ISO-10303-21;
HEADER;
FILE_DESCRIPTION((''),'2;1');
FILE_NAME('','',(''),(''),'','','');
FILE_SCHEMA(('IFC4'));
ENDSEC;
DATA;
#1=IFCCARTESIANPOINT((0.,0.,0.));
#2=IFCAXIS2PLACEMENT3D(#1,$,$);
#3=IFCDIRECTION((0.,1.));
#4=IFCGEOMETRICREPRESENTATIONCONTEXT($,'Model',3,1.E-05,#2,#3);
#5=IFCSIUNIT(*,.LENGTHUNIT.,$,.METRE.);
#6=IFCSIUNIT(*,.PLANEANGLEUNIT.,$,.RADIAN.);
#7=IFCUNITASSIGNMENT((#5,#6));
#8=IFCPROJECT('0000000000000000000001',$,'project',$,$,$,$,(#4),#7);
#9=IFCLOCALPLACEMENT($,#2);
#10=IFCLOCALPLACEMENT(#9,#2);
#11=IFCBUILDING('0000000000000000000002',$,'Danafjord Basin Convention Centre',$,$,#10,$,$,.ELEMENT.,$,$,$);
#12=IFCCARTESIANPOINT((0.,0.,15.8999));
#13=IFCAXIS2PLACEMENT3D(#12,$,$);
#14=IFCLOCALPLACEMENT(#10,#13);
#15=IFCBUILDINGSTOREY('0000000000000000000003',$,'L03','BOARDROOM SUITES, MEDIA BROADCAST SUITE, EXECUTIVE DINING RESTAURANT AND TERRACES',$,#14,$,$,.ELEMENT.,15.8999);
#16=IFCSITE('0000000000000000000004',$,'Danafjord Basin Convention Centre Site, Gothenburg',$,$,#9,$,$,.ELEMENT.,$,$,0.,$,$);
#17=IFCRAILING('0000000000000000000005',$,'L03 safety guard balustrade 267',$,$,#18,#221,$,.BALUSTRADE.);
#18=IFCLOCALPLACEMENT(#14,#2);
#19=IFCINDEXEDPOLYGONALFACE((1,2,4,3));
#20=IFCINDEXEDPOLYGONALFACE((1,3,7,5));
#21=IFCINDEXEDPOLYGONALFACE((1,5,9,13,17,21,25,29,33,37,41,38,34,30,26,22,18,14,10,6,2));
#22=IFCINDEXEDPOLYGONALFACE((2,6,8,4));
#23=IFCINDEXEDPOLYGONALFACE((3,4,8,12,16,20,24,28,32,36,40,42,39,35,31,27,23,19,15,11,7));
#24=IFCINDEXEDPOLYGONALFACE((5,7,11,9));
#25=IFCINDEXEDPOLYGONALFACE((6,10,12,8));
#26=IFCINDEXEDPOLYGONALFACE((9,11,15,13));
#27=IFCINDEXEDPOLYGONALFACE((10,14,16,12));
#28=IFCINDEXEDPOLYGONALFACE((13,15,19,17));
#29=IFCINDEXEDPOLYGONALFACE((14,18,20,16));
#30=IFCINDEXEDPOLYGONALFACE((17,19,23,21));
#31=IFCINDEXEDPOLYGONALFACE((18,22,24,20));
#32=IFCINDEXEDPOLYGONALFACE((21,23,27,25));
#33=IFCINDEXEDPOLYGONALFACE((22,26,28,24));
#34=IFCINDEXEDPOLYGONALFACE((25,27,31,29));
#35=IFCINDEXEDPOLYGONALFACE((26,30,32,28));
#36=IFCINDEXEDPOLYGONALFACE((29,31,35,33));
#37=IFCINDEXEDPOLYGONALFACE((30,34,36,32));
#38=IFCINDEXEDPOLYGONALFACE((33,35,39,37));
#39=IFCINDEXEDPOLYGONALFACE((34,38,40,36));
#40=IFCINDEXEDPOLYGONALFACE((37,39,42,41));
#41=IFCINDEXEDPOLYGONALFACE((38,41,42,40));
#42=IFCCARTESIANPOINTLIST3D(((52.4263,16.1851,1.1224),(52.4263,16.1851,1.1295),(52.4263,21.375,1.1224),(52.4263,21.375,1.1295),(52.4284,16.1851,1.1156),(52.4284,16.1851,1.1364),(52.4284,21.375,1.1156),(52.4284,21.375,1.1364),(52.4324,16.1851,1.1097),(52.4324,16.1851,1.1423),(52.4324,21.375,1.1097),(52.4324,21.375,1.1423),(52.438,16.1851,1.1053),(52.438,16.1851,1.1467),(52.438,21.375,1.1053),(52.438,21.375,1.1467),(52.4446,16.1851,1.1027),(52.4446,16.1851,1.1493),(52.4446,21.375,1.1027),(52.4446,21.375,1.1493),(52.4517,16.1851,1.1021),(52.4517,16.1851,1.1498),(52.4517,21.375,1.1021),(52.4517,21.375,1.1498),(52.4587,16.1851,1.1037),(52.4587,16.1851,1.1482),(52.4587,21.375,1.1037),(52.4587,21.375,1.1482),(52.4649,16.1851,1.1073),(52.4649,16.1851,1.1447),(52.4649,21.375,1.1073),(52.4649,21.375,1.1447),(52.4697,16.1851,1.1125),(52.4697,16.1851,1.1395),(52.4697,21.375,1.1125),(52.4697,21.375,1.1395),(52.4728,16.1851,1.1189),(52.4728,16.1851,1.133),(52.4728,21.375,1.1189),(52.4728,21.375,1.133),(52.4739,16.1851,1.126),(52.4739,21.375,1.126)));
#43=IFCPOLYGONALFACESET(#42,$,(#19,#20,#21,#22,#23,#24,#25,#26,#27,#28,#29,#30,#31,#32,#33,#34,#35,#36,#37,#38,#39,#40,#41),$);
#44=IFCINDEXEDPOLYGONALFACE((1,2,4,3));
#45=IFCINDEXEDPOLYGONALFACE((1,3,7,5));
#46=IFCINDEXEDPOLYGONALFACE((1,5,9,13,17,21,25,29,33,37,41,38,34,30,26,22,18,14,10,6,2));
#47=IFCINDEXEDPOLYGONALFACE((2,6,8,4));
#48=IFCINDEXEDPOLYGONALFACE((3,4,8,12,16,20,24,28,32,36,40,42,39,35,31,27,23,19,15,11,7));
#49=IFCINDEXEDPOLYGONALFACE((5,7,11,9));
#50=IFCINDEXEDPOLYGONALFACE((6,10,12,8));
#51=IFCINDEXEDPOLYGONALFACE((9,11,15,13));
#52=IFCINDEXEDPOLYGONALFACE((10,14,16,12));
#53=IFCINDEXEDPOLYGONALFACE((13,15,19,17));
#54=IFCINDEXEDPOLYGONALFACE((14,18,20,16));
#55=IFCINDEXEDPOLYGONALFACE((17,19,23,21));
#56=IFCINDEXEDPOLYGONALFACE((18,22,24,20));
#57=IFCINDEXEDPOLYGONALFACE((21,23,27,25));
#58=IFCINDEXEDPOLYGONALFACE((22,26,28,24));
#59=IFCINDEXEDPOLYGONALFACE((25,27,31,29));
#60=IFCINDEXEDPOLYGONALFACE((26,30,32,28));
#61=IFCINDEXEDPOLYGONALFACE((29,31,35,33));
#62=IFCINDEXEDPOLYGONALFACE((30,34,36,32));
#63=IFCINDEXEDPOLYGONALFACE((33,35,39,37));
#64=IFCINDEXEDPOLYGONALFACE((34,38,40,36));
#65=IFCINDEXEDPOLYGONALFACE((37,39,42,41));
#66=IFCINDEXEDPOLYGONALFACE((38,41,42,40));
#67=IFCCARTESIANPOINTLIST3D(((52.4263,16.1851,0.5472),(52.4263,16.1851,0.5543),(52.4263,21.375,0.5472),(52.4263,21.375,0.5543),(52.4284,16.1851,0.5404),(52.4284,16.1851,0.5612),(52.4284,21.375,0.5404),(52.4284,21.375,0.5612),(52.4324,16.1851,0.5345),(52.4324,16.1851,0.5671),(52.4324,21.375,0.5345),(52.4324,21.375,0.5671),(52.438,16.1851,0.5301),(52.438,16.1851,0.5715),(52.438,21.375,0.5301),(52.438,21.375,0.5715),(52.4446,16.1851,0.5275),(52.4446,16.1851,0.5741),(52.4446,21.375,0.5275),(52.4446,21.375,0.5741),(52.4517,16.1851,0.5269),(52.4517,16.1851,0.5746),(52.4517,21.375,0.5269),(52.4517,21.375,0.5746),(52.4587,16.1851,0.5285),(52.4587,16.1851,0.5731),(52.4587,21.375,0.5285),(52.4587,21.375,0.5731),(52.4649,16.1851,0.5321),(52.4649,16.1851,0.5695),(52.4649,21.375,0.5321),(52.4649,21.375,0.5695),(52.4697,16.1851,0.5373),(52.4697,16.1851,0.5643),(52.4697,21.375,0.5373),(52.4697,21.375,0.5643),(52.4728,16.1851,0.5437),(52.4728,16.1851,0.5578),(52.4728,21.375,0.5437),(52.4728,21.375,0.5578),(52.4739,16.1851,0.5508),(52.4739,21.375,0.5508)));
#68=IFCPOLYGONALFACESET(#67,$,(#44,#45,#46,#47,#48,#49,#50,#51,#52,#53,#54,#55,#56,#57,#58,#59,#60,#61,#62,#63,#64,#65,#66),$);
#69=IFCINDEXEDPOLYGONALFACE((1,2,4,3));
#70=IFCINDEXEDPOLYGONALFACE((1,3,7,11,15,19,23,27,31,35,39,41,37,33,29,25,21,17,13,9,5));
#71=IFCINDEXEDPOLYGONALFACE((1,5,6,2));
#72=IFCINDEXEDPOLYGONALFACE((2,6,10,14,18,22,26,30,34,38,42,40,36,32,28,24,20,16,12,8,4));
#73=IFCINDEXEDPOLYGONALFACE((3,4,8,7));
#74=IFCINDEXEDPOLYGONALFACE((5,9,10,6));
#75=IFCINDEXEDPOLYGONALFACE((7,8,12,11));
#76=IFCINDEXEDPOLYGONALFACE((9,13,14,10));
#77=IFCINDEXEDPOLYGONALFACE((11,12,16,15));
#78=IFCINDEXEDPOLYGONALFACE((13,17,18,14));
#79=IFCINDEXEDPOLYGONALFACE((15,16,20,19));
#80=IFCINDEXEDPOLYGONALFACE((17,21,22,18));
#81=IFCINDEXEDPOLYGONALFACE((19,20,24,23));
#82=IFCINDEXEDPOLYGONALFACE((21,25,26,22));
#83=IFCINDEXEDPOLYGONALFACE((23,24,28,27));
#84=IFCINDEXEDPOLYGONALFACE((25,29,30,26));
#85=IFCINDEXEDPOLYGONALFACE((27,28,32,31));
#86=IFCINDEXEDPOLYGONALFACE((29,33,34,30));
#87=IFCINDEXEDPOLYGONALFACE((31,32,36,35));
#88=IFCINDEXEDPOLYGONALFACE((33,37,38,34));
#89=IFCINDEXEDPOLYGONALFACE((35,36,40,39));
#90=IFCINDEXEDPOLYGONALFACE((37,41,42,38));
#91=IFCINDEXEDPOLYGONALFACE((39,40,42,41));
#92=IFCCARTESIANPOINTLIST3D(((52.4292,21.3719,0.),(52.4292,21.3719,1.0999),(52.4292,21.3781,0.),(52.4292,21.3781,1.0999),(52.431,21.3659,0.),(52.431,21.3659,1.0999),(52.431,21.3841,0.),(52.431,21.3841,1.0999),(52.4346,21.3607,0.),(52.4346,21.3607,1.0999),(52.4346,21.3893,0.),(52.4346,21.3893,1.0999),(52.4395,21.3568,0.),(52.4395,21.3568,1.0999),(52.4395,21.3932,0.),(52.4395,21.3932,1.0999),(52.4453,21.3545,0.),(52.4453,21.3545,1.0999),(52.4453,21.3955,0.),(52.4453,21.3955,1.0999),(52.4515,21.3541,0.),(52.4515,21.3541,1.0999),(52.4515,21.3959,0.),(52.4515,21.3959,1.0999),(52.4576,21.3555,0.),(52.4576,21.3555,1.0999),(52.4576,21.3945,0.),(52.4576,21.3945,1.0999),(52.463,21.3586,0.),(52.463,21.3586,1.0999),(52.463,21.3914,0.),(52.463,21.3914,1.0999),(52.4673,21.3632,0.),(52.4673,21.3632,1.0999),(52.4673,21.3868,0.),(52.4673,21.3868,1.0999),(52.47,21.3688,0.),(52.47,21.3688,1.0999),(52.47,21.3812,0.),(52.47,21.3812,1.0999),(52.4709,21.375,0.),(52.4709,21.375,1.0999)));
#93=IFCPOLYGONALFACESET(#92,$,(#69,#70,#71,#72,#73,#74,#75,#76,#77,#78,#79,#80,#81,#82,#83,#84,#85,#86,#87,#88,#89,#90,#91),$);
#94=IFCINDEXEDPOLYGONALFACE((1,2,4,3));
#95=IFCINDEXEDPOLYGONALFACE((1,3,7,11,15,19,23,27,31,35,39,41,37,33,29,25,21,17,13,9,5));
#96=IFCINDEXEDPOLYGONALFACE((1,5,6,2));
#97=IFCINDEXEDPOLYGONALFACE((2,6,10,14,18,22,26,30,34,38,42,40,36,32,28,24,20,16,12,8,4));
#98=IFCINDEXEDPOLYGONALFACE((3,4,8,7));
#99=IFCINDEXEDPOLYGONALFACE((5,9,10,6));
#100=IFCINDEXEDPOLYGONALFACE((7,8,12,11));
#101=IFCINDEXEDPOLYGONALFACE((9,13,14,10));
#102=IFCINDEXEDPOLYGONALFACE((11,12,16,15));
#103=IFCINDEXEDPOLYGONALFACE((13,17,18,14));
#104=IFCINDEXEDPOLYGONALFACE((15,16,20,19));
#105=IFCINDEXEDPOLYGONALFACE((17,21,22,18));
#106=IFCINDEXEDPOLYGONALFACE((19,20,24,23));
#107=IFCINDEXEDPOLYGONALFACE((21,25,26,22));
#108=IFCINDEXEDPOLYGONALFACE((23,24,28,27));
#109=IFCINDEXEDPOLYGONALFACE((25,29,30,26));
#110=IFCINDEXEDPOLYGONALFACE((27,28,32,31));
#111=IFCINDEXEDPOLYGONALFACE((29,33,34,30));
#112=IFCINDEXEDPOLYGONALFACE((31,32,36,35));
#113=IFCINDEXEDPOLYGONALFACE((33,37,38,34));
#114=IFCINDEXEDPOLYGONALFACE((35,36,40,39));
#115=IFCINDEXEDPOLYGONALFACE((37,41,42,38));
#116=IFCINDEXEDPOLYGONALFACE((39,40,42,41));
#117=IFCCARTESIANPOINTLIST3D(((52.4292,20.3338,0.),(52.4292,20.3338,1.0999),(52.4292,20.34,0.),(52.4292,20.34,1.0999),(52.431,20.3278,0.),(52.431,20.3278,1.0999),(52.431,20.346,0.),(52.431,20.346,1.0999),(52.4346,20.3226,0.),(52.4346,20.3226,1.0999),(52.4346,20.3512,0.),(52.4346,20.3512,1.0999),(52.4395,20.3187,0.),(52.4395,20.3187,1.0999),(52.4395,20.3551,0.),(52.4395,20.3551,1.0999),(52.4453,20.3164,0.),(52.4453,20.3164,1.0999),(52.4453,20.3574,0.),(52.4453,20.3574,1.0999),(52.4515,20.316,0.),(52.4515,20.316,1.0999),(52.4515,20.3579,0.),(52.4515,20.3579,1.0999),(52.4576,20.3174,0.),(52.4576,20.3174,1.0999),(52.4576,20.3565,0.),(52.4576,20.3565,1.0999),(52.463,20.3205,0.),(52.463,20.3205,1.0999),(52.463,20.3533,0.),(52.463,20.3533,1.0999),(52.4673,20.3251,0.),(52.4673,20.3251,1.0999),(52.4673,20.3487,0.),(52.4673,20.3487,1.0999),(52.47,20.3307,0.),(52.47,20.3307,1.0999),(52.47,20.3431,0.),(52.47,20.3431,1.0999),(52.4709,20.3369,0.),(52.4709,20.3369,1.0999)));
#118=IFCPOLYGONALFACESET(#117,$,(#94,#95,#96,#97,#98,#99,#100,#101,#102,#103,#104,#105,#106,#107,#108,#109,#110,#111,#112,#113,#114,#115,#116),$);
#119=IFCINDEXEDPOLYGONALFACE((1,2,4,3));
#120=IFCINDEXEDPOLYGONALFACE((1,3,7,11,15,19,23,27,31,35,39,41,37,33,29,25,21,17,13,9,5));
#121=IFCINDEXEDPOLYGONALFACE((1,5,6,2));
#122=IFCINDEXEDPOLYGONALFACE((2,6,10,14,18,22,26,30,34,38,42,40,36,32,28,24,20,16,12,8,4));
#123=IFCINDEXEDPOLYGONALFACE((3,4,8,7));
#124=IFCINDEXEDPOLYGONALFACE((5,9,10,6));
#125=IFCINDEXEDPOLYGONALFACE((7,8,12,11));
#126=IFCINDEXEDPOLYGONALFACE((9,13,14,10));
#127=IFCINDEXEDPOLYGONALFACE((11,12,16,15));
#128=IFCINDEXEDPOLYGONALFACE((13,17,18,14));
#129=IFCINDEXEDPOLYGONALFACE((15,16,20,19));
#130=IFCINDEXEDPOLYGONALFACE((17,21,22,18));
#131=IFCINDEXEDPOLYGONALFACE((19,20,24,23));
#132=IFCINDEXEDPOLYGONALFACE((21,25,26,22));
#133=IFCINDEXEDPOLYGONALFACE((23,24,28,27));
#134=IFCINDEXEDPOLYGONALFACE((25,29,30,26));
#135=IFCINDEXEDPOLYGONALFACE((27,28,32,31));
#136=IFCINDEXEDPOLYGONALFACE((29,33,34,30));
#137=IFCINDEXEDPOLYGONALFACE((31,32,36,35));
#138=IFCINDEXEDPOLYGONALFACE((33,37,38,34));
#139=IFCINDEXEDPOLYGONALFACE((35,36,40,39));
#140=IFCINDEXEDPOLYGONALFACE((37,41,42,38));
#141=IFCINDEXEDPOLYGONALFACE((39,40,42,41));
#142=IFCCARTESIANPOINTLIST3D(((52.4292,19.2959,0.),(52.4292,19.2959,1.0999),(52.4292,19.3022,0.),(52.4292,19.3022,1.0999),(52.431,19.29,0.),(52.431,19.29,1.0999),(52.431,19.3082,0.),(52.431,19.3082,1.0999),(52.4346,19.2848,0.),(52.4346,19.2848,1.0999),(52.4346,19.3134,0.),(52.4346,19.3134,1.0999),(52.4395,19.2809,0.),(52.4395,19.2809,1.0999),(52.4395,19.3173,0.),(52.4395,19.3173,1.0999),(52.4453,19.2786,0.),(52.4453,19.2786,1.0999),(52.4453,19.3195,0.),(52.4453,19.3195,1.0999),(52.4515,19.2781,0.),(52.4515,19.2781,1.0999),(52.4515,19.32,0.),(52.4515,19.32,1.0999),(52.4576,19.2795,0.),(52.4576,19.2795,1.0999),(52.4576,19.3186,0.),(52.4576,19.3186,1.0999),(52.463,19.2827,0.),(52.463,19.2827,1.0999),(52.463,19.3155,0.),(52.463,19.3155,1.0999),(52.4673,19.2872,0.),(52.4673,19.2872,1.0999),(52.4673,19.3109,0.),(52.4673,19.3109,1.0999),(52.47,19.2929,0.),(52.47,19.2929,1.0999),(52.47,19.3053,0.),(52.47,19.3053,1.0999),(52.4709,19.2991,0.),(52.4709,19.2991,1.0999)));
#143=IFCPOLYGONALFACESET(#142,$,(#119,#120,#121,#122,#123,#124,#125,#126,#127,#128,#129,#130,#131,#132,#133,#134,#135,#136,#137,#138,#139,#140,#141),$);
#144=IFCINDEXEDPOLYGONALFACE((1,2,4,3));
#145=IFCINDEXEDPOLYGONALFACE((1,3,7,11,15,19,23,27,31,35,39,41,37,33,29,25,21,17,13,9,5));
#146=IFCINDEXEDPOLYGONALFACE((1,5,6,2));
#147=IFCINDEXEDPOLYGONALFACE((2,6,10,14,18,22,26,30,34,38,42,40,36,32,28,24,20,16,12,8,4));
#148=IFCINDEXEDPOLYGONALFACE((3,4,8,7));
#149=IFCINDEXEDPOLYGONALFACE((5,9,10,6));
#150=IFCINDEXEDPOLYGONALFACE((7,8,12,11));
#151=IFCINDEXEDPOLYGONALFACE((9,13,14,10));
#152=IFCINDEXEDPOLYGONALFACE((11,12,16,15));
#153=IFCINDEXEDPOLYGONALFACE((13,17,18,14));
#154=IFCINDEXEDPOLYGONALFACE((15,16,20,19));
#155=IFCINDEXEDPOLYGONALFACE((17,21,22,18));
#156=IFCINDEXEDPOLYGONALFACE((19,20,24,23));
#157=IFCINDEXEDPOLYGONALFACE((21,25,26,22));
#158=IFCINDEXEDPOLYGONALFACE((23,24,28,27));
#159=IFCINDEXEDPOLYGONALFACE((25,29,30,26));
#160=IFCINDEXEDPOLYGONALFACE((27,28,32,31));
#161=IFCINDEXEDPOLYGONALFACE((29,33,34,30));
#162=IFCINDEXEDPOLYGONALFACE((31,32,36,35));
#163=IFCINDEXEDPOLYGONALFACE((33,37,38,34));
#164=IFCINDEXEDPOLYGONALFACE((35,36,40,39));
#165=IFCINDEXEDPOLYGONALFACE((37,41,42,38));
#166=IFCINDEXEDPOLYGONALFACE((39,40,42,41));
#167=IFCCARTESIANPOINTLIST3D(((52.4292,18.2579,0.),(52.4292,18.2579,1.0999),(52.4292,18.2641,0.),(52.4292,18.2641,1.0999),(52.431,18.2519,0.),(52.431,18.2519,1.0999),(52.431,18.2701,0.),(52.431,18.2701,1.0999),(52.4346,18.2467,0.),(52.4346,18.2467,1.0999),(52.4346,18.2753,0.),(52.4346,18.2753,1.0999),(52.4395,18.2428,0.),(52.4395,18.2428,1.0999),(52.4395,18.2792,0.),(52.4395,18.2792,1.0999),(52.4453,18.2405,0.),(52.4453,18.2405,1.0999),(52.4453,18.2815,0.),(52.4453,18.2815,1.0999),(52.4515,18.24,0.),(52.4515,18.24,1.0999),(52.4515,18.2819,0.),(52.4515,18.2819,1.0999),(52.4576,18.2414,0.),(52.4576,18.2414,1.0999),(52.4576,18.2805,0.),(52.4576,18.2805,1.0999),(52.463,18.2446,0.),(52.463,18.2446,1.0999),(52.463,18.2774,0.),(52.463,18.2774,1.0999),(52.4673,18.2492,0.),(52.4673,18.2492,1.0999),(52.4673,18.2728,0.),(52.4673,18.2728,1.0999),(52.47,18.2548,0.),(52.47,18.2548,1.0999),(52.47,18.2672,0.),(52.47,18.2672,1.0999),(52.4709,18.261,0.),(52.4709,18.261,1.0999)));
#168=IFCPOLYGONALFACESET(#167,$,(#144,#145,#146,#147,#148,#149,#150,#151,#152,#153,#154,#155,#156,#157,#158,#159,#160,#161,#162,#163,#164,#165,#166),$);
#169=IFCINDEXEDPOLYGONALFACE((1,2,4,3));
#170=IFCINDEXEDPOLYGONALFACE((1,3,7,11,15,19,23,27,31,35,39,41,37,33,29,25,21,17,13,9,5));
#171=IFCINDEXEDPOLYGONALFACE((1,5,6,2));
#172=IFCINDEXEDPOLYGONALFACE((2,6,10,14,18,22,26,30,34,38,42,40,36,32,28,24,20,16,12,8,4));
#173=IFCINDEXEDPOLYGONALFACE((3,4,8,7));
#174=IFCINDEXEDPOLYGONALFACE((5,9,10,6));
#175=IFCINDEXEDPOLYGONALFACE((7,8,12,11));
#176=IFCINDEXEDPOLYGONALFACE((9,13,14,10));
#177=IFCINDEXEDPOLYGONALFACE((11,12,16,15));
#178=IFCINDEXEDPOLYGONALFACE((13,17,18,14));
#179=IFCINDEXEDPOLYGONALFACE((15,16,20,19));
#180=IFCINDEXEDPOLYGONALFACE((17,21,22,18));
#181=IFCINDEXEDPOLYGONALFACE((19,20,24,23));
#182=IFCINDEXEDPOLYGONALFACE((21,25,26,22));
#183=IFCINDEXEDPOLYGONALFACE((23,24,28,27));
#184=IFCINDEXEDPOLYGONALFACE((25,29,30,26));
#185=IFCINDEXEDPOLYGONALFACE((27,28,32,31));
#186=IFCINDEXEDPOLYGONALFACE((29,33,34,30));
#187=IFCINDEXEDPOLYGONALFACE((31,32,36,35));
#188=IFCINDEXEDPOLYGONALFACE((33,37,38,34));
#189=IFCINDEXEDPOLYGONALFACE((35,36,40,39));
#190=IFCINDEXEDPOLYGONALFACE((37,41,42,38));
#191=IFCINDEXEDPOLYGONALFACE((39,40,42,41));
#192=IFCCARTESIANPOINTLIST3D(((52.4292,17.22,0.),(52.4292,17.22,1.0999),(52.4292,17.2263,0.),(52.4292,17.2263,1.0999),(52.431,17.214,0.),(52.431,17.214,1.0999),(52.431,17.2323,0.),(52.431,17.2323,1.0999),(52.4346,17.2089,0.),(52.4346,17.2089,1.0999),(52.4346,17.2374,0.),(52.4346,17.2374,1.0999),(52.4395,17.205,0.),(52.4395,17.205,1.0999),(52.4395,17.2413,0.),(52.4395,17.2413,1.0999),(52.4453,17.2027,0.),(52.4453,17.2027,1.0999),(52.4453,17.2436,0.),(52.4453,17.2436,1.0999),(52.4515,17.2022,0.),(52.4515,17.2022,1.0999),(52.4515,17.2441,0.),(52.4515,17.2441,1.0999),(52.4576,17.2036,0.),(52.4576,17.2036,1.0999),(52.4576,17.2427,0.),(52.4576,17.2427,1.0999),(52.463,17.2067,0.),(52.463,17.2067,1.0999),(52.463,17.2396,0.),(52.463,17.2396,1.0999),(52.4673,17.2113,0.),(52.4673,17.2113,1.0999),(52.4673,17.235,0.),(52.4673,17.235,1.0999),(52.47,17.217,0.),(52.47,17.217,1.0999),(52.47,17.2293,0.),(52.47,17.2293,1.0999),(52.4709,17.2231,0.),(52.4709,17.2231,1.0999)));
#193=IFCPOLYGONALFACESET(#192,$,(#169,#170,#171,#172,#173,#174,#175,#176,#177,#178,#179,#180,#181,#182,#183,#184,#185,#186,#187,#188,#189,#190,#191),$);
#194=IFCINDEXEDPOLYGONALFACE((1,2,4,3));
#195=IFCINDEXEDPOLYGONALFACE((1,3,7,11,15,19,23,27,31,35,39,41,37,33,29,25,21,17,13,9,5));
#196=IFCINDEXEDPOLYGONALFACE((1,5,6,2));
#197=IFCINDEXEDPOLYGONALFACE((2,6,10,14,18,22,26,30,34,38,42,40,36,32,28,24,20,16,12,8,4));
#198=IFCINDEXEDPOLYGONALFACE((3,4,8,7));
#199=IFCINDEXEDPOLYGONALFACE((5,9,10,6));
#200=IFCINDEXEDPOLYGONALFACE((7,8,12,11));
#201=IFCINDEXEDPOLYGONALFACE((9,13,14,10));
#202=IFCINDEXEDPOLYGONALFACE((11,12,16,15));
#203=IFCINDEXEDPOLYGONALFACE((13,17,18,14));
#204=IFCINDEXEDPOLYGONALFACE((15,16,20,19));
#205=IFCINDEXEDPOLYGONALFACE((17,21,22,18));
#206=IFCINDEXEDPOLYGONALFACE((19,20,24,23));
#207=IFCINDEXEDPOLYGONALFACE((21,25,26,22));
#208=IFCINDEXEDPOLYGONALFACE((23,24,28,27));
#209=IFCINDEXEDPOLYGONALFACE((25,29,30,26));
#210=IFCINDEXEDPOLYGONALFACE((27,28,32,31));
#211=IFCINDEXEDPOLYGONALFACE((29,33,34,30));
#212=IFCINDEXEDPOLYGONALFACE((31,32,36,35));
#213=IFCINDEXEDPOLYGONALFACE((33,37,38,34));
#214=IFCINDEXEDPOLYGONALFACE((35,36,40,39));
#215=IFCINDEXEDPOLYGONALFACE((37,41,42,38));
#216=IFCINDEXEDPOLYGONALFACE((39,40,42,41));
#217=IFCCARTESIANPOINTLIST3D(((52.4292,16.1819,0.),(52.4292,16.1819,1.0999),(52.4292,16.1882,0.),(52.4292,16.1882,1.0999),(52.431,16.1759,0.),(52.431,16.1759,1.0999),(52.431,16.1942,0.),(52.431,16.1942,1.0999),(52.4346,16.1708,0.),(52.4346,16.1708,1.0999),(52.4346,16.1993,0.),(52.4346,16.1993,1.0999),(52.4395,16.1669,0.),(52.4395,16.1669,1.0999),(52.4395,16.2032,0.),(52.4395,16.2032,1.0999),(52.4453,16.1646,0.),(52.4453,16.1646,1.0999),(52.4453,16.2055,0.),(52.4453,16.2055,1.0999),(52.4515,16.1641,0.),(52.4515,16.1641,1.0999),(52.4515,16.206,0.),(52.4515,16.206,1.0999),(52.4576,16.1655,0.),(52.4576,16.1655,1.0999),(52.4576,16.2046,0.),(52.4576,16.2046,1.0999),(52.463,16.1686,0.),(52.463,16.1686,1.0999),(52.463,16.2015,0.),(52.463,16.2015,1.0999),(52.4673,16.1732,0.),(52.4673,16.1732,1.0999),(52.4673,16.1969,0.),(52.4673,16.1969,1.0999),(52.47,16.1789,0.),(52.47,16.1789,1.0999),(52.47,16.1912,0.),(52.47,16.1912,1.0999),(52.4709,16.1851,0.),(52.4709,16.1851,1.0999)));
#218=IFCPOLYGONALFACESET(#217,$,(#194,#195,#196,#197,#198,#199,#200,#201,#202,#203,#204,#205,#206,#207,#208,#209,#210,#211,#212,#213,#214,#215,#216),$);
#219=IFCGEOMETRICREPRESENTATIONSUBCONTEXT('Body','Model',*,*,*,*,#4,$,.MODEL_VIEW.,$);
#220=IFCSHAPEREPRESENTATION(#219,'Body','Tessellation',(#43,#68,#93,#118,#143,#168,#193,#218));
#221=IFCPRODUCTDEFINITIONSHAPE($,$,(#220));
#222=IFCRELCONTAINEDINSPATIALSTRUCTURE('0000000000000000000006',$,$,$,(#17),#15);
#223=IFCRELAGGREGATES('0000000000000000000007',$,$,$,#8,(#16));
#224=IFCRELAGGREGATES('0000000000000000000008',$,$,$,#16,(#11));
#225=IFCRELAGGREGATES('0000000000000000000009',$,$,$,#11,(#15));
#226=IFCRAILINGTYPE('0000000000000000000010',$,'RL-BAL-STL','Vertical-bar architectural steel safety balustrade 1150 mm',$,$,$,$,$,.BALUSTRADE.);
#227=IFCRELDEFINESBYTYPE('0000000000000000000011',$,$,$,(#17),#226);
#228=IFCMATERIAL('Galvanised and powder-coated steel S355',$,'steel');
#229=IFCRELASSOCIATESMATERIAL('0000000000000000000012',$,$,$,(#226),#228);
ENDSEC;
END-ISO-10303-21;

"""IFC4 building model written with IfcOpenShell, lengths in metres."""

from ifc_helpers import new_model, si_unit, direction, frame, origin, origin_2d, place, context, subcontext, project, spatial, circle, extrude, material, type_object, element, save


model = new_model("IFC4")

# Units and contexts
model_context = context("Model", 3, precision=1e-05, world=origin(), true_north=direction((0.0, 1.0)))
body_context = subcontext(model_context, "Body", "Model", "MODEL_VIEW")
ifc_project = project(units=[si_unit("LENGTHUNIT", "METRE"), si_unit("PLANEANGLEUNIT", "RADIAN")], contexts=[model_context])

# Site, building, storey
site_placement = place(None, origin())
site = spatial("IfcSite", under=ifc_project, at=site_placement, Name="Danafjord Basin Convention Centre Site, Gothenburg", CompositionType="ELEMENT", RefElevation=0.0)
building_placement = place(site_placement, origin())
building = spatial("IfcBuilding", under=site, at=building_placement, Name="Danafjord Basin Convention Centre", CompositionType="ELEMENT")
storey_placement = place(building_placement, frame((0.0, 0.0, 15.8999)))
storey = spatial("IfcBuildingStorey", under=building, at=storey_placement, Name="L03", Description="BOARDROOM SUITES, MEDIA BROADCAST SUITE, EXECUTIVE DINING RESTAURANT AND TERRACES", CompositionType="ELEMENT", Elevation=15.8999)

# Railing
ifc_material_1 = material(Name="Galvanised and powder-coated steel S355", Category="steel")
railing_type_1 = type_object("IfcRailingType", Name="RL-BAL-STL", Description="Vertical-bar architectural steel safety balustrade 1150 mm", PredefinedType="BALUSTRADE", material=ifc_material_1)
railing_1_placement = place(storey_placement, frame((52.45, 21.375, 0.0)))
element("IfcRailing", 1, at=railing_1_placement, inside=storey, type_object=railing_type_1, Name="L03 safety guard balustrade 267", PredefinedType="BALUSTRADE", context=body_context, shape_type="SweptSolid", body=[
    extrude(circle(Radius=0.0239, at=origin_2d()), frame((0.0, 0.0, 1.126), z_axis=(0.0, -1.0, 0.0), x_axis=(1.0, 0.0, 0.0)), (0.0, 0.0, 1.0), 5.1899),
    extrude(circle(Radius=0.0239, at=origin_2d()), frame((0.0, 0.0, 0.5508), z_axis=(0.0, -1.0, 0.0), x_axis=(1.0, 0.0, 0.0)), (0.0, 0.0, 1.0), 5.1899),
    extrude(circle(Radius=0.021, at=origin_2d()), origin(), (0.0, 0.0, 1.0), 1.0999),
    extrude(circle(Radius=0.021, at=origin_2d()), frame((0.0, -1.0381, 0.0)), (0.0, 0.0, 1.0), 1.0999),
    extrude(circle(Radius=0.021, at=origin_2d()), frame((0.0, -2.0759, 0.0)), (0.0, 0.0, 1.0), 1.0999),
    extrude(circle(Radius=0.021, at=origin_2d()), frame((0.0, -3.114, 0.0)), (0.0, 0.0, 1.0), 1.0999),
    extrude(circle(Radius=0.021, at=origin_2d()), frame((0.0, -4.1519, 0.0)), (0.0, 0.0, 1.0), 1.0999),
    extrude(circle(Radius=0.021, at=origin_2d()), frame((0.0, -5.1899, 0.0)), (0.0, 0.0, 1.0), 1.0999),
])

save(model, "model.ifc")
